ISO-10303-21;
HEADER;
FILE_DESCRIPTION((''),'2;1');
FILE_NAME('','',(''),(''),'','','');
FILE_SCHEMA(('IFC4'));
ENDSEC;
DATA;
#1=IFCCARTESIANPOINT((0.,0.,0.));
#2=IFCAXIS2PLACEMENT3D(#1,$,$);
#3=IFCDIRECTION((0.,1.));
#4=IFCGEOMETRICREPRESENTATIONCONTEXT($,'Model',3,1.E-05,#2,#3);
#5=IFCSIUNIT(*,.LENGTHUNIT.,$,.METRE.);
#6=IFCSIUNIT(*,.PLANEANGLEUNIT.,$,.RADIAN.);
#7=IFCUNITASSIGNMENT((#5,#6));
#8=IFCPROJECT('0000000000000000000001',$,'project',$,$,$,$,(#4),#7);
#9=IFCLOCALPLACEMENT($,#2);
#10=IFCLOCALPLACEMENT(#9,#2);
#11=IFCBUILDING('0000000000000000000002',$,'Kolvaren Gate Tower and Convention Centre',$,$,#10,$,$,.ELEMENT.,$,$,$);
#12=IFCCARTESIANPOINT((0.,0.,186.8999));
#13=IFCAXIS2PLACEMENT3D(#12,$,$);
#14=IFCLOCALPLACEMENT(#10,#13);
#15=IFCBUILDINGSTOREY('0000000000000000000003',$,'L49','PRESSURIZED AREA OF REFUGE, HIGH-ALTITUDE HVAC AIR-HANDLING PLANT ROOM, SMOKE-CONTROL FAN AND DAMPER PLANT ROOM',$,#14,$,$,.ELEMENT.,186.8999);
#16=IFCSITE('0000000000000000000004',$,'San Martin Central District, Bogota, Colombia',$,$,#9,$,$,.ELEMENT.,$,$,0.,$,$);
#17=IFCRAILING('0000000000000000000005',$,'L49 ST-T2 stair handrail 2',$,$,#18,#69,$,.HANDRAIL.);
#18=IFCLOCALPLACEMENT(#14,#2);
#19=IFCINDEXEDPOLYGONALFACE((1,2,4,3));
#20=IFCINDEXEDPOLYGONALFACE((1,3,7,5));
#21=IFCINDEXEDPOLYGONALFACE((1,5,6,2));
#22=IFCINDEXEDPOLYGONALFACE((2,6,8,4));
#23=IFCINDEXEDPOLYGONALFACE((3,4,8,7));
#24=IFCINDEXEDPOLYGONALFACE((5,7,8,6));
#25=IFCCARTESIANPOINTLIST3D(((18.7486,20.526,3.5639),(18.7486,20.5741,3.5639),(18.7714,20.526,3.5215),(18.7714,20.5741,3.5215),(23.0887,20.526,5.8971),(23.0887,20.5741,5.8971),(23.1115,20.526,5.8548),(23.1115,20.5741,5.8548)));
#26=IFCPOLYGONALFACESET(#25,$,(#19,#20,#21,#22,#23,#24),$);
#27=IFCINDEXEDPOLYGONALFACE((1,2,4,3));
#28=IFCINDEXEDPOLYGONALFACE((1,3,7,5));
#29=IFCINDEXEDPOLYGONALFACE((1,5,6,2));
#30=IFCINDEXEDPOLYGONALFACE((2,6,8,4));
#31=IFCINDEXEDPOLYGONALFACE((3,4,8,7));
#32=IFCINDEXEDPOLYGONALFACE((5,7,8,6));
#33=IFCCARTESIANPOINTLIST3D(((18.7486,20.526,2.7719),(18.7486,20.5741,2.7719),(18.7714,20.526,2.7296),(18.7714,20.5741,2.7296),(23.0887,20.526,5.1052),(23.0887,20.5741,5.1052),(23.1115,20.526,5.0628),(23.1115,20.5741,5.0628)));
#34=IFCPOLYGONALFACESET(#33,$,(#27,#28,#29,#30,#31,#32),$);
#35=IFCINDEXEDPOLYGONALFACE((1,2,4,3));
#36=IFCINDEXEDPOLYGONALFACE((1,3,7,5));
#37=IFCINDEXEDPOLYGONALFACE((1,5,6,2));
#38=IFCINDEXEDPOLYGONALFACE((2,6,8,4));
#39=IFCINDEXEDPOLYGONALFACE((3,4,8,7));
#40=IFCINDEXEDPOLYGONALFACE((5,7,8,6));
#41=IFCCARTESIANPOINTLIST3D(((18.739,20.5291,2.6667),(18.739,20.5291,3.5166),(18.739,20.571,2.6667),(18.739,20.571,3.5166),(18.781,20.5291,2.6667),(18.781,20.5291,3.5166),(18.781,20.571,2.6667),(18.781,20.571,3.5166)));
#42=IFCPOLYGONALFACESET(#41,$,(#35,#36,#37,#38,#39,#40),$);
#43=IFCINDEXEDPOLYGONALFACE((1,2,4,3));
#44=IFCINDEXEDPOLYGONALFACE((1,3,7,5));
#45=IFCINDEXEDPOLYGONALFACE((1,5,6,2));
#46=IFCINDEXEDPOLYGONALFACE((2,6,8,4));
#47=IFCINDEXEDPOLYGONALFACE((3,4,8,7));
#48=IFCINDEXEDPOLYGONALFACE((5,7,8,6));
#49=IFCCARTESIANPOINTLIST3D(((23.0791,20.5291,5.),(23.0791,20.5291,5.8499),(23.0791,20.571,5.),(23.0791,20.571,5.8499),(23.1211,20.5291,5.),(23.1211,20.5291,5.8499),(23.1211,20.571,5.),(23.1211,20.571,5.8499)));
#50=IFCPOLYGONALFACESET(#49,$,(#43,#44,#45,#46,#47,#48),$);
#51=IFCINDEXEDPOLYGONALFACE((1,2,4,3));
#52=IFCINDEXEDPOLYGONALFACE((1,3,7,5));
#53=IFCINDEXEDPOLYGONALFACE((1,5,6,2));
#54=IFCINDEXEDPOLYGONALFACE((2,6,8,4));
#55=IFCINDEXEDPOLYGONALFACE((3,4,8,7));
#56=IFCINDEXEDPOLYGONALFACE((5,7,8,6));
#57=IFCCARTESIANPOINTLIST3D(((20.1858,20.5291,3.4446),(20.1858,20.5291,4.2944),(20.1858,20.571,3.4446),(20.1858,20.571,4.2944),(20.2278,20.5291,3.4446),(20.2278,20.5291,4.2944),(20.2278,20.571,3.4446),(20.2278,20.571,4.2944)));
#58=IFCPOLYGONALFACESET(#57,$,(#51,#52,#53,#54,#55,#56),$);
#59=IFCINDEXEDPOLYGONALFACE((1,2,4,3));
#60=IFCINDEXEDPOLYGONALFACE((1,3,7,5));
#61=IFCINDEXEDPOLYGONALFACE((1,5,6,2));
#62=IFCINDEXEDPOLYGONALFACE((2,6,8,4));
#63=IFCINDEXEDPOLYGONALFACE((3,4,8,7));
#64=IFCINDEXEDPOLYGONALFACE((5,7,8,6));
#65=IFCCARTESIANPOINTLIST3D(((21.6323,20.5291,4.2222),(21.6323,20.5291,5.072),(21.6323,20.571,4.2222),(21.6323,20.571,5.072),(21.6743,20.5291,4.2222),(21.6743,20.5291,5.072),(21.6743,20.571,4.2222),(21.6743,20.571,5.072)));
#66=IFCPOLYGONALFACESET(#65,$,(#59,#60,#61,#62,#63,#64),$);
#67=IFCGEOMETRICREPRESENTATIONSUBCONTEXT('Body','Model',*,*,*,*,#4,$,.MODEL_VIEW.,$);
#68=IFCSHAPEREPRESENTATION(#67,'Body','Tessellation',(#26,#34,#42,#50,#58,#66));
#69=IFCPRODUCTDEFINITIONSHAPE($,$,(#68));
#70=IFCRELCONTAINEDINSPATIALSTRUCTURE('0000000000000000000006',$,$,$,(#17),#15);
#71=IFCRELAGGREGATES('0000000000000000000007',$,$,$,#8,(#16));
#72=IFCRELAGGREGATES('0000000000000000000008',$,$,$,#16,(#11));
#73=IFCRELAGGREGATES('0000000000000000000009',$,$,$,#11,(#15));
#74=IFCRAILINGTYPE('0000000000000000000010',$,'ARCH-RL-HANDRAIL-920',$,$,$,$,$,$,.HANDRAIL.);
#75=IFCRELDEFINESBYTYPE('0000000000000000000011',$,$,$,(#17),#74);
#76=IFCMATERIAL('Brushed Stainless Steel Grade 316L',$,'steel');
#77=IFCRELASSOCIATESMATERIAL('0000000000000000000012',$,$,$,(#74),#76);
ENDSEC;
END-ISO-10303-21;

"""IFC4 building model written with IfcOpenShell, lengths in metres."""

from ifc_helpers import new_model, si_unit, direction, frame, origin, origin_2d, place, context, subcontext, project, spatial, rectangle, extrude, material, type_object, element, save


model = new_model("IFC4")

# Units and contexts
model_context = context("Model", 3, precision=1e-05, world=origin(), true_north=direction((0.0, 1.0)))
body_context = subcontext(model_context, "Body", "Model", "MODEL_VIEW")
ifc_project = project(units=[si_unit("LENGTHUNIT", "METRE"), si_unit("PLANEANGLEUNIT", "RADIAN")], contexts=[model_context])

# Site, building, storey
site_placement = place(None, origin())
site = spatial("IfcSite", under=ifc_project, at=site_placement, Name="San Martin Central District, Bogota, Colombia", CompositionType="ELEMENT", RefElevation=0.0)
building_placement = place(site_placement, origin())
building = spatial("IfcBuilding", under=site, at=building_placement, Name="Kolvaren Gate Tower and Convention Centre", CompositionType="ELEMENT")
storey_placement = place(building_placement, frame((0.0, 0.0, 186.8999)))
storey = spatial("IfcBuildingStorey", under=building, at=storey_placement, Name="L49", Description="PRESSURIZED AREA OF REFUGE, HIGH-ALTITUDE HVAC AIR-HANDLING PLANT ROOM, SMOKE-CONTROL FAN AND DAMPER PLANT ROOM", CompositionType="ELEMENT", Elevation=186.8999)

# Shared definitions
ifc_material_1 = material(Name="Brushed Stainless Steel Grade 316L", Category="steel")

# Railing
railing_type_1 = type_object("IfcRailingType", Name="ARCH-RL-HANDRAIL-920", PredefinedType="HANDRAIL", material=ifc_material_1)
railing_1_placement = place(storey_placement, frame((18.76, 20.55, 2.6667)))
element("IfcRailing", 1, at=railing_1_placement, inside=storey, type_object=railing_type_1, Name="L49 ST-T2 stair handrail 2", PredefinedType="HANDRAIL", context=body_context, shape_type="SweptSolid", body=[
    extrude(rectangle(XDim=0.0481, YDim=0.0481, at=origin_2d()), frame((0.0, 0.0, 0.876), z_axis=(0.880786, 0.0, 0.473515), x_axis=(0.0, 1.0, 0.0)), (0.0, 0.0, 1.0), 4.9275),
    extrude(rectangle(XDim=0.0481, YDim=0.0481, at=origin_2d()), frame((0.0, 0.0, 0.084), z_axis=(0.880786, 0.0, 0.473515), x_axis=(0.0, 1.0, 0.0)), (0.0, 0.0, 1.0), 4.9275),
    extrude(rectangle(XDim=0.042, YDim=0.042, at=origin_2d()), origin(), (0.0, 0.0, 1.0), 0.8499),
    extrude(rectangle(XDim=0.042, YDim=0.042, at=origin_2d()), frame((4.3401, 0.0, 2.3333)), (0.0, 0.0, 1.0), 0.8499),
    extrude(rectangle(XDim=0.042, YDim=0.042, at=origin_2d()), frame((1.4468, 0.0, 0.7778)), (0.0, 0.0, 1.0), 0.8499),
    extrude(rectangle(XDim=0.042, YDim=0.042, at=origin_2d()), frame((2.8933, 0.0, 1.5554)), (0.0, 0.0, 1.0), 0.8499),
])

save(model, "model.ifc")
